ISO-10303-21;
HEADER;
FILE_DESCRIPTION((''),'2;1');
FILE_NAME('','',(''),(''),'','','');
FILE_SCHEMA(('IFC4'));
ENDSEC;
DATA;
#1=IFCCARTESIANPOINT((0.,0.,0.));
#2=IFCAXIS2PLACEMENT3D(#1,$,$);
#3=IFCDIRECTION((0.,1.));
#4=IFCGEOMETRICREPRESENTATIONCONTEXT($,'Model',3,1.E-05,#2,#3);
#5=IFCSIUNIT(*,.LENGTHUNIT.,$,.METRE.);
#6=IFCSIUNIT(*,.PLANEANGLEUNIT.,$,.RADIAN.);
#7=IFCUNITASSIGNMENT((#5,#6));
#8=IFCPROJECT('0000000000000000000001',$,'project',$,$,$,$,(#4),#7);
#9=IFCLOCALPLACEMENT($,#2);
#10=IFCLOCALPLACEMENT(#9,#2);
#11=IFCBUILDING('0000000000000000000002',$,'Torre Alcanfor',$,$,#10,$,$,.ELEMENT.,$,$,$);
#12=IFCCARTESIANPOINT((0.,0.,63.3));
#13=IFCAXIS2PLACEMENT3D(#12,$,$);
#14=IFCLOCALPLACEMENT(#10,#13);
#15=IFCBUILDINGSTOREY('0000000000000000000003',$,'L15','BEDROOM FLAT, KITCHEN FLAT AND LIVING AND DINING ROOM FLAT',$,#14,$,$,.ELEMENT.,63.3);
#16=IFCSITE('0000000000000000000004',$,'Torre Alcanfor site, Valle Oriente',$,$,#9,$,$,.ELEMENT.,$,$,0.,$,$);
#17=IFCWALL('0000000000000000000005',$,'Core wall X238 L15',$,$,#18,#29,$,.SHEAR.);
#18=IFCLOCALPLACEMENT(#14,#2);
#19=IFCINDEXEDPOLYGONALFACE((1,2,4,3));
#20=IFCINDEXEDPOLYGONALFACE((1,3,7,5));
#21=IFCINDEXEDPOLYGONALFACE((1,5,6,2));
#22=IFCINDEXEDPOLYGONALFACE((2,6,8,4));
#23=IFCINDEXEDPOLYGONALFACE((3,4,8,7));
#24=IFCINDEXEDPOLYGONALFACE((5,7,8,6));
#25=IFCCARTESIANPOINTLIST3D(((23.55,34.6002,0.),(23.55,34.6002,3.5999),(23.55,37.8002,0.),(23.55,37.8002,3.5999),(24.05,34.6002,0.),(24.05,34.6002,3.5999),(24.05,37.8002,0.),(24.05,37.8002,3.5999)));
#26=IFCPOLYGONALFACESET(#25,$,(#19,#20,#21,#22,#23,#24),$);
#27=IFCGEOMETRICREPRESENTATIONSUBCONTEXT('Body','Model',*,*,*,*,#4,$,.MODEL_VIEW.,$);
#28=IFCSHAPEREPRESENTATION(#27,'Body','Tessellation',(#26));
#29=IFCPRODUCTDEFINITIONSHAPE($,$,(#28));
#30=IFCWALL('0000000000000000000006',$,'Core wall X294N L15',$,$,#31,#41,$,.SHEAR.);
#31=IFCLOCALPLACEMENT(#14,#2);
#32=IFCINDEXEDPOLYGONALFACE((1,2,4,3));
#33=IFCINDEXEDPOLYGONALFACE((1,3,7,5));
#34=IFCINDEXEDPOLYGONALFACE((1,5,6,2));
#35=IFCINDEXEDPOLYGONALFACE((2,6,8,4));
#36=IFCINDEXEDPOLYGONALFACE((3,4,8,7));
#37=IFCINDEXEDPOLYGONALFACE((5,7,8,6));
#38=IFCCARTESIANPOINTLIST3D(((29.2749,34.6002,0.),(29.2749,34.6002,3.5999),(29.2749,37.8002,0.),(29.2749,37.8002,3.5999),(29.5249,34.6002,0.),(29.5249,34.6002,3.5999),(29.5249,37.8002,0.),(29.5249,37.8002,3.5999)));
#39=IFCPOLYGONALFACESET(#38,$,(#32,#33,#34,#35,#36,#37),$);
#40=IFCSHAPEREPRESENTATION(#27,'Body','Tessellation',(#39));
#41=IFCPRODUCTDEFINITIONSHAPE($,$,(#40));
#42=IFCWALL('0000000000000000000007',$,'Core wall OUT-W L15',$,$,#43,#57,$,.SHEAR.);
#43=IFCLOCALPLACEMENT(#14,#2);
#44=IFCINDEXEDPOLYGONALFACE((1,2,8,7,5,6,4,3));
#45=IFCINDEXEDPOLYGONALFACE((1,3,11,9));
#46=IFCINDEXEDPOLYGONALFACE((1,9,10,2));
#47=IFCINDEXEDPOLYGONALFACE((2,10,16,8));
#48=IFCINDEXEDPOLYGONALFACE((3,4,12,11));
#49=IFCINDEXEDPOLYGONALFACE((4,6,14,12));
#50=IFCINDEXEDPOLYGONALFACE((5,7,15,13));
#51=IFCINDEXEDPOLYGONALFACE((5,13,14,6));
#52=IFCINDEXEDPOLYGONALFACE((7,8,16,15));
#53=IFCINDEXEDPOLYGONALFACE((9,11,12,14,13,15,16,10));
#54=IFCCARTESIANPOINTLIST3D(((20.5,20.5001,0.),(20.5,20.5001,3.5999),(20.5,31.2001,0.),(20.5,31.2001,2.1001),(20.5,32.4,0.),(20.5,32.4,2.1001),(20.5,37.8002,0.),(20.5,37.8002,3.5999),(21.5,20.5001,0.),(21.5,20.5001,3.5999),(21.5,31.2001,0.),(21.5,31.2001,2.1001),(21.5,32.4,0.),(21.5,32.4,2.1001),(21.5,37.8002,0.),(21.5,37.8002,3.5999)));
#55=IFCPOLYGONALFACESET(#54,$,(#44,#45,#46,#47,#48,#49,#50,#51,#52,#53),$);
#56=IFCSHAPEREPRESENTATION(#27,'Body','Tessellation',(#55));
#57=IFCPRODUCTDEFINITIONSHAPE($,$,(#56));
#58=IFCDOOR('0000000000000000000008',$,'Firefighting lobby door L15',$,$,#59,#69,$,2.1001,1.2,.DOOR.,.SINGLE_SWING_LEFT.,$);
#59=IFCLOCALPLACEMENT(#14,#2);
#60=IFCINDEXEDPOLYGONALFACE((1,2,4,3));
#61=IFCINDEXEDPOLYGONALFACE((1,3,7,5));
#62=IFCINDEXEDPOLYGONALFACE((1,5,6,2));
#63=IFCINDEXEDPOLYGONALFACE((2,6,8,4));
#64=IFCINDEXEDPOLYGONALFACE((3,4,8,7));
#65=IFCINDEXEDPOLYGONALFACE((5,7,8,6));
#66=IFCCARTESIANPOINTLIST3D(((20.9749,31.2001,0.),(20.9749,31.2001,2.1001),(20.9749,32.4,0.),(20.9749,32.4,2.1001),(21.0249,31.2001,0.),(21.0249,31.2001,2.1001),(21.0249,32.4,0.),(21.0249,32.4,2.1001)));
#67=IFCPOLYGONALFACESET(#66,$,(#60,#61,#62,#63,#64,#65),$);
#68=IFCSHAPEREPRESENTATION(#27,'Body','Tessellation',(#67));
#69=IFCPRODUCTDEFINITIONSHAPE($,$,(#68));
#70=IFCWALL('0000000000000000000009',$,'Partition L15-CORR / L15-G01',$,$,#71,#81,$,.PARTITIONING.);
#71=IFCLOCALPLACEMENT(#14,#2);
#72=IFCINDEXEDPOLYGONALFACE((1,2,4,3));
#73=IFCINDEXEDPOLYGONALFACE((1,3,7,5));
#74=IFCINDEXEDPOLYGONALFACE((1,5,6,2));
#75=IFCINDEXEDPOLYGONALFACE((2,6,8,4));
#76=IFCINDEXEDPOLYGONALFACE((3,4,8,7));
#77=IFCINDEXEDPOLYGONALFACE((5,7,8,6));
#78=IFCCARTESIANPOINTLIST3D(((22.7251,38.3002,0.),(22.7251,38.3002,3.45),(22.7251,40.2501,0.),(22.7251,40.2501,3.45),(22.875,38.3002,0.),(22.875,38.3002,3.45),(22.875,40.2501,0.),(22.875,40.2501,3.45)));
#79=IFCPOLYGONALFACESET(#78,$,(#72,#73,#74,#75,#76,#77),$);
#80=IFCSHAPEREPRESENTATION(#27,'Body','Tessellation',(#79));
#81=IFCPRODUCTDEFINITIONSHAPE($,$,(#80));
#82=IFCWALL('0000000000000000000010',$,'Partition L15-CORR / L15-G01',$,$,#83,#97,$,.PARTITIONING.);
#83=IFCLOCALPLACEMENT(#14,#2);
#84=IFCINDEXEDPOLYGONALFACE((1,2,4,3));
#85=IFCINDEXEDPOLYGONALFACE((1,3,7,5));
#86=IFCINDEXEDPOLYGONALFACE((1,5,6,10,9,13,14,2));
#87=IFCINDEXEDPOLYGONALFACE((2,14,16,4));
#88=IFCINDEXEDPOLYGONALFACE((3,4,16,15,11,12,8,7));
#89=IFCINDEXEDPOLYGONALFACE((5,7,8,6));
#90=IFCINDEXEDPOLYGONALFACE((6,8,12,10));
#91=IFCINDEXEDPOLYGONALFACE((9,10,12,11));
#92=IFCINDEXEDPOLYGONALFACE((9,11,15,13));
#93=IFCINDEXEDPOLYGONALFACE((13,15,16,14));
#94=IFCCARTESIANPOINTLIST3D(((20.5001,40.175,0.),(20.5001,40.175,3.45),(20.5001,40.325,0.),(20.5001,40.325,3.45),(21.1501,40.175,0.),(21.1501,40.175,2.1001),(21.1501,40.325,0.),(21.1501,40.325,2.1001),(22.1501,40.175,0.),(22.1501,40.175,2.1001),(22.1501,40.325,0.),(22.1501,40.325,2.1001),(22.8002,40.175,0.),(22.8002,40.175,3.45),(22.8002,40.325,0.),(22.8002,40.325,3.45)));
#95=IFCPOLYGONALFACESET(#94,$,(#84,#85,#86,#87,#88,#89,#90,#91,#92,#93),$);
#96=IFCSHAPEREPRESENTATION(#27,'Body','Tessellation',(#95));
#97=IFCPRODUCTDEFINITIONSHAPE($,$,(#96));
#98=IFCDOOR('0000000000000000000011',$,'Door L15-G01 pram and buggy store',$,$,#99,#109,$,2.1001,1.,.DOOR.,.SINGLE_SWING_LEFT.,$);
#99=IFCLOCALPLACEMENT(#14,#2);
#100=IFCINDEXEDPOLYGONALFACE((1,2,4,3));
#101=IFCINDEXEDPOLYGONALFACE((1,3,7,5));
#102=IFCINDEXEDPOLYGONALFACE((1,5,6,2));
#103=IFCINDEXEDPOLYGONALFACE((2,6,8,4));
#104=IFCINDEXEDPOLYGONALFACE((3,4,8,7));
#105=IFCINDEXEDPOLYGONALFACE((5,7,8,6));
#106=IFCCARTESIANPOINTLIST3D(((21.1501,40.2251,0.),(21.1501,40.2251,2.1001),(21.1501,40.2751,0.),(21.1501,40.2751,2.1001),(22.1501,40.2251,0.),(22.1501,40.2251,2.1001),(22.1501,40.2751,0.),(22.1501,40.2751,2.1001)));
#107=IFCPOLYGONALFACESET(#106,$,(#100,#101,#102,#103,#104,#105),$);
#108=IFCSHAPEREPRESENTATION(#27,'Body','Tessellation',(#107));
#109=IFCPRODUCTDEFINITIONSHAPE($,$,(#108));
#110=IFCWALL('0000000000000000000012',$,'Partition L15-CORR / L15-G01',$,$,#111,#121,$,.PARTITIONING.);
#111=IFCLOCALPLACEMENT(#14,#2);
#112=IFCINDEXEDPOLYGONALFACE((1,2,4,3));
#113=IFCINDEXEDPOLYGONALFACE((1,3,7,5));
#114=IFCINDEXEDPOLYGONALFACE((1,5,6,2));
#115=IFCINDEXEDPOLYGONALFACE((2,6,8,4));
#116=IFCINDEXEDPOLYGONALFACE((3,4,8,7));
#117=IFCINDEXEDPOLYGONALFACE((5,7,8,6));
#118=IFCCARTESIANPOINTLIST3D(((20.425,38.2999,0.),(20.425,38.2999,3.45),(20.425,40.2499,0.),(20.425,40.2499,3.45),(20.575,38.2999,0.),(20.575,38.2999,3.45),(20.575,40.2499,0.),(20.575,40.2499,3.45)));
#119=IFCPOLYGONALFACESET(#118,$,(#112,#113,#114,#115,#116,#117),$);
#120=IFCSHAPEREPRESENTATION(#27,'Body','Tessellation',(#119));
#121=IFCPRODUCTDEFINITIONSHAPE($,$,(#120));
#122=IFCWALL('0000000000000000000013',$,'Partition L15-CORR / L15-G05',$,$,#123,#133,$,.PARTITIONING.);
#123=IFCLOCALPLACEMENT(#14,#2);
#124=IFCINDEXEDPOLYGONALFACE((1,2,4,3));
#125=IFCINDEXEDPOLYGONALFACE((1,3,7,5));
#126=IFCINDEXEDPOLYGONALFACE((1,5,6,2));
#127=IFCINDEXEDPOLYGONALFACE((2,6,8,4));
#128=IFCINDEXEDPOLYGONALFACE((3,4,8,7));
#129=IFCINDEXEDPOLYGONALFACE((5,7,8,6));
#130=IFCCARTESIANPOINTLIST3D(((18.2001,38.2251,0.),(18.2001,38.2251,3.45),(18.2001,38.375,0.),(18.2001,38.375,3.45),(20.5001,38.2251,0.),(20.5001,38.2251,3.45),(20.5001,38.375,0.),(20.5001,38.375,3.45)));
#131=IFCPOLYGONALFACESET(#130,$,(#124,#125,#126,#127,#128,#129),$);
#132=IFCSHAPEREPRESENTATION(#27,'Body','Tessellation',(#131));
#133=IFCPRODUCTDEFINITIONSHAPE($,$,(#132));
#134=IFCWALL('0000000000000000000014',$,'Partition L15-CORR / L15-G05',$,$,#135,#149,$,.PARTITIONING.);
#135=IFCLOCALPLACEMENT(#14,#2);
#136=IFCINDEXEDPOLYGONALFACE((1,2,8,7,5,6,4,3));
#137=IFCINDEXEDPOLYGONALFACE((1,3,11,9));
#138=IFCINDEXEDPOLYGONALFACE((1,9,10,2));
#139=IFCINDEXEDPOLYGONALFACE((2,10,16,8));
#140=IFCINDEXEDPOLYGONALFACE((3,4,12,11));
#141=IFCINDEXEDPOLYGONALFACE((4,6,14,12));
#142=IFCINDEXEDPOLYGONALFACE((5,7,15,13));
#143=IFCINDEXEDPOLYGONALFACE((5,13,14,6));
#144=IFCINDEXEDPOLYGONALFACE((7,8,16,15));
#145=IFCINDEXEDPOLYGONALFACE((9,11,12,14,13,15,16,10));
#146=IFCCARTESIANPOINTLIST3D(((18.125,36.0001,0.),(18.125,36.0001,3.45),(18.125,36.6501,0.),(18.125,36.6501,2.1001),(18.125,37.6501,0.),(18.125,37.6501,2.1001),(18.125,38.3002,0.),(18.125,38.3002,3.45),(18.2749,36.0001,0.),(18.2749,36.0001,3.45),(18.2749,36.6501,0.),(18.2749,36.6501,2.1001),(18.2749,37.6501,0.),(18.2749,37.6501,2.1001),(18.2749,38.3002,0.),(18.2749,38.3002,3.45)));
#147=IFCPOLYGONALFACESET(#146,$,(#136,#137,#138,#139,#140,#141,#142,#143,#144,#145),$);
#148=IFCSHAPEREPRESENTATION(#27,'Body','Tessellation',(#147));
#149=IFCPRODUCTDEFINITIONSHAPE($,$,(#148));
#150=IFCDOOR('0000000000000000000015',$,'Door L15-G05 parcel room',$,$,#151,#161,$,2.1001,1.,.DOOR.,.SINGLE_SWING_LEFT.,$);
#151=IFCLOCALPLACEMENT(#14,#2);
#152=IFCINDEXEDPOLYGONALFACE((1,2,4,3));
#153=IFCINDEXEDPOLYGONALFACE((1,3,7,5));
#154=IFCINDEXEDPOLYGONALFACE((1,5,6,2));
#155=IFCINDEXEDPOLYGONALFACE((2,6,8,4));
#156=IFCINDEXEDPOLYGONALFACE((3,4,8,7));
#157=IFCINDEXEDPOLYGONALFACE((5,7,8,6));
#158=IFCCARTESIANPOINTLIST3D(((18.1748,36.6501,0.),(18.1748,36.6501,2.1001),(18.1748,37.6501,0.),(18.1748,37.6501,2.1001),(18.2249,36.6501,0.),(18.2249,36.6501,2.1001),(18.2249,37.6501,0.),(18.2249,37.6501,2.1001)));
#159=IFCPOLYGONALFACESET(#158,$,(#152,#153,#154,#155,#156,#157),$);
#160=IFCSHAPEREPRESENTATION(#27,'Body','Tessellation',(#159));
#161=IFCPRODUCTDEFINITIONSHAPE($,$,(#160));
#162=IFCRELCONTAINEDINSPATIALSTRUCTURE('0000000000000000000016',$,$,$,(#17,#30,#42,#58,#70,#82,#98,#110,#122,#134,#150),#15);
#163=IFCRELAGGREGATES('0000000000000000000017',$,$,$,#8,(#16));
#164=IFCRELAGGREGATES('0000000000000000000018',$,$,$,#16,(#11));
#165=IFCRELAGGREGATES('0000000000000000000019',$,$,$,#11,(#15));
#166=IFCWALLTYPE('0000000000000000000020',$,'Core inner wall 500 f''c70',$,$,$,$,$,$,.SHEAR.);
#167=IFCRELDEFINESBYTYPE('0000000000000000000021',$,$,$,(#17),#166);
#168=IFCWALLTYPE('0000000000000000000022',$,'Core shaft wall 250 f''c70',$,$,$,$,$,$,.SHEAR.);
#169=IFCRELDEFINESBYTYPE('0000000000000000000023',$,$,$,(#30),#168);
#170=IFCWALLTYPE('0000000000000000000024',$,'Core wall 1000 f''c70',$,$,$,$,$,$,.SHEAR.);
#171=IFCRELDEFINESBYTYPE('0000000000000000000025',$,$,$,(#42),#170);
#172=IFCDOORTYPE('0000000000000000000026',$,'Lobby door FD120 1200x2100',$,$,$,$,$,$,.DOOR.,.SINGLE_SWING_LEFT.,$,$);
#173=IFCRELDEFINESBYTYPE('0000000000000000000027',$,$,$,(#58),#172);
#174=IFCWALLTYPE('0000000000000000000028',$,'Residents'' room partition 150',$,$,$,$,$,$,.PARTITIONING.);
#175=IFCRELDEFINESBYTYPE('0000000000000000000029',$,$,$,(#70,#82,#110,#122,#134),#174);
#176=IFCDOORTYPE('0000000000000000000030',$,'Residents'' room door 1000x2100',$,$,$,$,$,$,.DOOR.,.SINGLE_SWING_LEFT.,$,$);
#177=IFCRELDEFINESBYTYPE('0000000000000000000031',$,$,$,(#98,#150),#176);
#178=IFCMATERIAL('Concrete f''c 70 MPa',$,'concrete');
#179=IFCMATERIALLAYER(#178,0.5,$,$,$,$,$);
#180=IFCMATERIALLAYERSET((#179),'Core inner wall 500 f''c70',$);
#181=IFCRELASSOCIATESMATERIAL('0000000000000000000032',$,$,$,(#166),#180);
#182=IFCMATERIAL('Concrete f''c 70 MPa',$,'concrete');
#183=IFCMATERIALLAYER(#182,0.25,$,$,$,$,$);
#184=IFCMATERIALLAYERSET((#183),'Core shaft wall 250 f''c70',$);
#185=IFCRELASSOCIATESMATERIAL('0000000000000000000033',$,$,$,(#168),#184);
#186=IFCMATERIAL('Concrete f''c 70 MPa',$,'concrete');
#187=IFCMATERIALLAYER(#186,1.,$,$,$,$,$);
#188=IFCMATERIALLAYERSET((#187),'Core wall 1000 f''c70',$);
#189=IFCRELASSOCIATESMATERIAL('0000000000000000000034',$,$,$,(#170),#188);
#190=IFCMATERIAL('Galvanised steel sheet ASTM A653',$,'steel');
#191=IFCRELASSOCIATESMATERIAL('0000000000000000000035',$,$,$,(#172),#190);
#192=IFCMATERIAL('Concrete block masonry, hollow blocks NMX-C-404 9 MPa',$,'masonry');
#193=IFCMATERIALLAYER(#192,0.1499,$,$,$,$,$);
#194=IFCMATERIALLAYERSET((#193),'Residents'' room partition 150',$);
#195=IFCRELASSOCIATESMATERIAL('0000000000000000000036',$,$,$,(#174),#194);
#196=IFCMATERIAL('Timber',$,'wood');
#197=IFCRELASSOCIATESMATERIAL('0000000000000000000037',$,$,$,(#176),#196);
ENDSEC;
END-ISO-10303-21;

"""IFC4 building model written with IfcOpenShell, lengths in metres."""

from ifc_helpers import new_model, si_unit, direction, frame, frame_2d, origin, place, context, subcontext, project, spatial, rectangle, extrude, material, layer, layer_set, type_object, element, fill, save


model = new_model("IFC4")

# Units and contexts
model_context = context("Model", 3, precision=1e-05, world=origin(), true_north=direction((0.0, 1.0)))
body_context = subcontext(model_context, "Body", "Model", "MODEL_VIEW")
ifc_project = project(units=[si_unit("LENGTHUNIT", "METRE"), si_unit("PLANEANGLEUNIT", "RADIAN")], contexts=[model_context])

# Site, building, storey
site_placement = place(None, origin())
site = spatial("IfcSite", under=ifc_project, at=site_placement, Name="Torre Alcanfor site, Valle Oriente", CompositionType="ELEMENT", RefElevation=0.0)
building_placement = place(site_placement, origin())
building = spatial("IfcBuilding", under=site, at=building_placement, Name="Torre Alcanfor", CompositionType="ELEMENT")
storey_placement = place(building_placement, frame((0.0, 0.0, 63.3)))
storey = spatial("IfcBuildingStorey", under=building, at=storey_placement, Name="L15", Description="BEDROOM FLAT, KITCHEN FLAT AND LIVING AND DINING ROOM FLAT", CompositionType="ELEMENT", Elevation=63.3)

# Shared definitions
ifc_material_1 = material(Name="Concrete f'c 70 MPa", Category="concrete")
ifc_layer_1 = layer(ifc_material_1, 0.5)
ifc_layer_set_1 = layer_set([ifc_layer_1], Name="Core inner wall 500 f'c70")
wall_type_1 = type_object("IfcWallType", Name="Core inner wall 500 f'c70", PredefinedType="SHEAR", material=ifc_layer_set_1)

# Walls
wall_1_placement = place(storey_placement, frame((23.8, 34.6001, 0.0), z_axis=(0.0, 0.0, 1.0), x_axis=(0.0, 1.0, 0.0)))
element("IfcWall", 1, at=wall_1_placement, inside=storey, type_object=wall_type_1, Name="Core wall X238 L15", PredefinedType="SHEAR", context=body_context, shape_type="SweptSolid", body=[
    extrude(rectangle(XDim=3.2, YDim=0.5, at=frame_2d((1.6001, 0.0))), origin(), (0.0, 0.0, 1.0), 3.5999),
])
ifc_material_2 = material(Name="Concrete f'c 70 MPa", Category="concrete")
ifc_layer_2 = layer(ifc_material_2, 0.25)
ifc_layer_set_2 = layer_set([ifc_layer_2], Name="Core shaft wall 250 f'c70")
wall_type_2 = type_object("IfcWallType", Name="Core shaft wall 250 f'c70", PredefinedType="SHEAR", material=ifc_layer_set_2)
wall_2_placement = place(storey_placement, frame((29.3999, 34.6001, 0.0), z_axis=(0.0, 0.0, 1.0), x_axis=(0.0, 1.0, 0.0)))
element("IfcWall", 2, at=wall_2_placement, inside=storey, type_object=wall_type_2, Name="Core wall X294N L15", PredefinedType="SHEAR", context=body_context, shape_type="SweptSolid", body=[
    extrude(rectangle(XDim=3.2, YDim=0.25, at=frame_2d((1.6001, 0.0))), origin(), (0.0, 0.0, 1.0), 3.5999),
])

# Wall, opening, door
ifc_material_3 = material(Name="Concrete f'c 70 MPa", Category="concrete")
ifc_layer_3 = layer(ifc_material_3, 1.0)
ifc_layer_set_3 = layer_set([ifc_layer_3], Name="Core wall 1000 f'c70")
wall_type_3 = type_object("IfcWallType", Name="Core wall 1000 f'c70", PredefinedType="SHEAR", material=ifc_layer_set_3)
wall_3_placement = place(storey_placement, frame((21.0, 37.8, 0.0), z_axis=(0.0, 0.0, 1.0), x_axis=(0.0, -1.0, 0.0)))
wall_3 = element("IfcWall", 3, at=wall_3_placement, inside=storey, type_object=wall_type_3, Name="Core wall OUT-W L15", PredefinedType="SHEAR", context=body_context, shape_type="SweptSolid", body=[
    extrude(rectangle(XDim=17.3, YDim=1.0, at=frame_2d((8.6499, 0.0))), origin(), (0.0, 0.0, 1.0), 3.5999),
])
opening_1_placement = place(wall_3_placement, frame((5.3999, 0.0, 0.0)))
opening_1 = element("IfcOpeningElement", 4, at=opening_1_placement, cuts=wall_3, PredefinedType="OPENING", context=body_context, shape_type="SweptSolid", body=[
    extrude(rectangle(XDim=1.2, YDim=2.1001, at=frame_2d((0.6001, 1.05))), frame((0.0, 0.51, 0.0), z_axis=(0.0, -1.0, 0.0), x_axis=(1.0, 0.0, 0.0)), (0.0, 0.0, 1.0), 1.02),
])
ifc_material_4 = material(Name="Galvanised steel sheet ASTM A653", Category="steel")
door_type_1 = type_object("IfcDoorType", Name="Lobby door FD120 1200x2100", OperationType="SINGLE_SWING_LEFT", PredefinedType="DOOR", material=ifc_material_4)
door_1_placement = place(opening_1_placement, origin())
door_1 = element("IfcDoor", 5, at=door_1_placement, inside=storey, type_object=door_type_1, Name="Firefighting lobby door L15", OperationType="SINGLE_SWING_LEFT", OverallHeight=2.1001, OverallWidth=1.2, PredefinedType="DOOR", context=body_context, shape_type="SweptSolid", body=[
    extrude(rectangle(XDim=1.2, YDim=2.1001, at=frame_2d((0.6001, 1.05))), frame((0.0, 0.0249, 0.0), z_axis=(0.0, -1.0, 0.0), x_axis=(1.0, 0.0, 0.0)), (0.0, 0.0, 1.0), 0.05),
])
fill(opening_1, door_1)

# Wall
ifc_material_5 = material(Name="Concrete block masonry, hollow blocks NMX-C-404 9 MPa", Category="masonry")
ifc_layer_4 = layer(ifc_material_5, 0.1499)
ifc_layer_set_4 = layer_set([ifc_layer_4], Name="Residents' room partition 150")
wall_type_4 = type_object("IfcWallType", Name="Residents' room partition 150", PredefinedType="PARTITIONING", material=ifc_layer_set_4)
wall_4_placement = place(storey_placement, frame((22.8, 38.3, 0.0), z_axis=(0.0, 0.0, 1.0), x_axis=(0.0, 1.0, 0.0)))
element("IfcWall", 6, at=wall_4_placement, inside=storey, type_object=wall_type_4, Name="Partition L15-CORR / L15-G01", PredefinedType="PARTITIONING", context=body_context, shape_type="SweptSolid", body=[
    extrude(rectangle(XDim=1.95, YDim=0.1499, at=frame_2d((0.9751, 0.0))), origin(), (0.0, 0.0, 1.0), 3.45),
])

# Wall, opening, door
wall_5_placement = place(storey_placement, frame((22.8, 40.25, 0.0), z_axis=(0.0, 0.0, 1.0), x_axis=(-1.0, 0.0, 0.0)))
wall_5 = element("IfcWall", 7, at=wall_5_placement, inside=storey, type_object=wall_type_4, Name="Partition L15-CORR / L15-G01", PredefinedType="PARTITIONING", context=body_context, shape_type="SweptSolid", body=[
    extrude(rectangle(XDim=2.3, YDim=0.1499, at=frame_2d((1.1499, 0.0))), origin(), (0.0, 0.0, 1.0), 3.45),
])
opening_2_placement = place(wall_5_placement, frame((0.6499, 0.0, 0.0)))
opening_2 = element("IfcOpeningElement", 8, at=opening_2_placement, cuts=wall_5, PredefinedType="OPENING", context=body_context, shape_type="SweptSolid", body=[
    extrude(rectangle(XDim=1.0, YDim=2.1001, at=frame_2d((0.5, 1.05))), frame((0.0, 0.085, 0.0), z_axis=(0.0, -1.0, 0.0), x_axis=(1.0, 0.0, 0.0)), (0.0, 0.0, 1.0), 0.1699),
])
ifc_material_6 = material(Name="Timber", Category="wood")
door_type_2 = type_object("IfcDoorType", Name="Residents' room door 1000x2100", OperationType="SINGLE_SWING_LEFT", PredefinedType="DOOR", material=ifc_material_6)
door_2_placement = place(opening_2_placement, origin())
door_2 = element("IfcDoor", 9, at=door_2_placement, inside=storey, type_object=door_type_2, Name="Door L15-G01 pram and buggy store", OperationType="SINGLE_SWING_LEFT", OverallHeight=2.1001, OverallWidth=1.0, PredefinedType="DOOR", context=body_context, shape_type="SweptSolid", body=[
    extrude(rectangle(XDim=1.0, YDim=2.1001, at=frame_2d((0.5, 1.05))), frame((0.0, 0.0249, 0.0), z_axis=(0.0, -1.0, 0.0), x_axis=(1.0, 0.0, 0.0)), (0.0, 0.0, 1.0), 0.05),
])
fill(opening_2, door_2)

# Walls
wall_6_placement = place(storey_placement, frame((20.5, 40.25, 0.0), z_axis=(0.0, 0.0, 1.0), x_axis=(0.0, -1.0, 0.0)))
element("IfcWall", 10, at=wall_6_placement, inside=storey, type_object=wall_type_4, Name="Partition L15-CORR / L15-G01", PredefinedType="PARTITIONING", context=body_context, shape_type="SweptSolid", body=[
    extrude(rectangle(XDim=1.95, YDim=0.1499, at=frame_2d((0.9751, 0.0))), origin(), (0.0, 0.0, 1.0), 3.45),
])
wall_7_placement = place(storey_placement, frame((20.5, 38.3, 0.0), z_axis=(0.0, 0.0, 1.0), x_axis=(-1.0, 0.0, 0.0)))
element("IfcWall", 11, at=wall_7_placement, inside=storey, type_object=wall_type_4, Name="Partition L15-CORR / L15-G05", PredefinedType="PARTITIONING", context=body_context, shape_type="SweptSolid", body=[
    extrude(rectangle(XDim=2.3, YDim=0.1499, at=frame_2d((1.1499, 0.0))), origin(), (0.0, 0.0, 1.0), 3.45),
])

# Wall, opening, door
wall_8_placement = place(storey_placement, frame((18.2, 38.3, 0.0), z_axis=(0.0, 0.0, 1.0), x_axis=(0.0, -1.0, 0.0)))
wall_8 = element("IfcWall", 12, at=wall_8_placement, inside=storey, type_object=wall_type_4, Name="Partition L15-CORR / L15-G05", PredefinedType="PARTITIONING", context=body_context, shape_type="SweptSolid", body=[
    extrude(rectangle(XDim=2.3, YDim=0.1499, at=frame_2d((1.1499, 0.0))), origin(), (0.0, 0.0, 1.0), 3.45),
])
opening_3_placement = place(wall_8_placement, frame((0.6499, 0.0, 0.0)))
opening_3 = element("IfcOpeningElement", 13, at=opening_3_placement, cuts=wall_8, PredefinedType="OPENING", context=body_context, shape_type="SweptSolid", body=[
    extrude(rectangle(XDim=1.0, YDim=2.1001, at=frame_2d((0.5, 1.05))), frame((0.0, 0.085, 0.0), z_axis=(0.0, -1.0, 0.0), x_axis=(1.0, 0.0, 0.0)), (0.0, 0.0, 1.0), 0.1699),
])
door_3_placement = place(opening_3_placement, origin())
door_3 = element("IfcDoor", 14, at=door_3_placement, inside=storey, type_object=door_type_2, Name="Door L15-G05 parcel room", OperationType="SINGLE_SWING_LEFT", OverallHeight=2.1001, OverallWidth=1.0, PredefinedType="DOOR", context=body_context, shape_type="SweptSolid", body=[
    extrude(rectangle(XDim=1.0, YDim=2.1001, at=frame_2d((0.5, 1.05))), frame((0.0, 0.0249, 0.0), z_axis=(0.0, -1.0, 0.0), x_axis=(1.0, 0.0, 0.0)), (0.0, 0.0, 1.0), 0.05),
])
fill(opening_3, door_3)

save(model, "model.ifc")
